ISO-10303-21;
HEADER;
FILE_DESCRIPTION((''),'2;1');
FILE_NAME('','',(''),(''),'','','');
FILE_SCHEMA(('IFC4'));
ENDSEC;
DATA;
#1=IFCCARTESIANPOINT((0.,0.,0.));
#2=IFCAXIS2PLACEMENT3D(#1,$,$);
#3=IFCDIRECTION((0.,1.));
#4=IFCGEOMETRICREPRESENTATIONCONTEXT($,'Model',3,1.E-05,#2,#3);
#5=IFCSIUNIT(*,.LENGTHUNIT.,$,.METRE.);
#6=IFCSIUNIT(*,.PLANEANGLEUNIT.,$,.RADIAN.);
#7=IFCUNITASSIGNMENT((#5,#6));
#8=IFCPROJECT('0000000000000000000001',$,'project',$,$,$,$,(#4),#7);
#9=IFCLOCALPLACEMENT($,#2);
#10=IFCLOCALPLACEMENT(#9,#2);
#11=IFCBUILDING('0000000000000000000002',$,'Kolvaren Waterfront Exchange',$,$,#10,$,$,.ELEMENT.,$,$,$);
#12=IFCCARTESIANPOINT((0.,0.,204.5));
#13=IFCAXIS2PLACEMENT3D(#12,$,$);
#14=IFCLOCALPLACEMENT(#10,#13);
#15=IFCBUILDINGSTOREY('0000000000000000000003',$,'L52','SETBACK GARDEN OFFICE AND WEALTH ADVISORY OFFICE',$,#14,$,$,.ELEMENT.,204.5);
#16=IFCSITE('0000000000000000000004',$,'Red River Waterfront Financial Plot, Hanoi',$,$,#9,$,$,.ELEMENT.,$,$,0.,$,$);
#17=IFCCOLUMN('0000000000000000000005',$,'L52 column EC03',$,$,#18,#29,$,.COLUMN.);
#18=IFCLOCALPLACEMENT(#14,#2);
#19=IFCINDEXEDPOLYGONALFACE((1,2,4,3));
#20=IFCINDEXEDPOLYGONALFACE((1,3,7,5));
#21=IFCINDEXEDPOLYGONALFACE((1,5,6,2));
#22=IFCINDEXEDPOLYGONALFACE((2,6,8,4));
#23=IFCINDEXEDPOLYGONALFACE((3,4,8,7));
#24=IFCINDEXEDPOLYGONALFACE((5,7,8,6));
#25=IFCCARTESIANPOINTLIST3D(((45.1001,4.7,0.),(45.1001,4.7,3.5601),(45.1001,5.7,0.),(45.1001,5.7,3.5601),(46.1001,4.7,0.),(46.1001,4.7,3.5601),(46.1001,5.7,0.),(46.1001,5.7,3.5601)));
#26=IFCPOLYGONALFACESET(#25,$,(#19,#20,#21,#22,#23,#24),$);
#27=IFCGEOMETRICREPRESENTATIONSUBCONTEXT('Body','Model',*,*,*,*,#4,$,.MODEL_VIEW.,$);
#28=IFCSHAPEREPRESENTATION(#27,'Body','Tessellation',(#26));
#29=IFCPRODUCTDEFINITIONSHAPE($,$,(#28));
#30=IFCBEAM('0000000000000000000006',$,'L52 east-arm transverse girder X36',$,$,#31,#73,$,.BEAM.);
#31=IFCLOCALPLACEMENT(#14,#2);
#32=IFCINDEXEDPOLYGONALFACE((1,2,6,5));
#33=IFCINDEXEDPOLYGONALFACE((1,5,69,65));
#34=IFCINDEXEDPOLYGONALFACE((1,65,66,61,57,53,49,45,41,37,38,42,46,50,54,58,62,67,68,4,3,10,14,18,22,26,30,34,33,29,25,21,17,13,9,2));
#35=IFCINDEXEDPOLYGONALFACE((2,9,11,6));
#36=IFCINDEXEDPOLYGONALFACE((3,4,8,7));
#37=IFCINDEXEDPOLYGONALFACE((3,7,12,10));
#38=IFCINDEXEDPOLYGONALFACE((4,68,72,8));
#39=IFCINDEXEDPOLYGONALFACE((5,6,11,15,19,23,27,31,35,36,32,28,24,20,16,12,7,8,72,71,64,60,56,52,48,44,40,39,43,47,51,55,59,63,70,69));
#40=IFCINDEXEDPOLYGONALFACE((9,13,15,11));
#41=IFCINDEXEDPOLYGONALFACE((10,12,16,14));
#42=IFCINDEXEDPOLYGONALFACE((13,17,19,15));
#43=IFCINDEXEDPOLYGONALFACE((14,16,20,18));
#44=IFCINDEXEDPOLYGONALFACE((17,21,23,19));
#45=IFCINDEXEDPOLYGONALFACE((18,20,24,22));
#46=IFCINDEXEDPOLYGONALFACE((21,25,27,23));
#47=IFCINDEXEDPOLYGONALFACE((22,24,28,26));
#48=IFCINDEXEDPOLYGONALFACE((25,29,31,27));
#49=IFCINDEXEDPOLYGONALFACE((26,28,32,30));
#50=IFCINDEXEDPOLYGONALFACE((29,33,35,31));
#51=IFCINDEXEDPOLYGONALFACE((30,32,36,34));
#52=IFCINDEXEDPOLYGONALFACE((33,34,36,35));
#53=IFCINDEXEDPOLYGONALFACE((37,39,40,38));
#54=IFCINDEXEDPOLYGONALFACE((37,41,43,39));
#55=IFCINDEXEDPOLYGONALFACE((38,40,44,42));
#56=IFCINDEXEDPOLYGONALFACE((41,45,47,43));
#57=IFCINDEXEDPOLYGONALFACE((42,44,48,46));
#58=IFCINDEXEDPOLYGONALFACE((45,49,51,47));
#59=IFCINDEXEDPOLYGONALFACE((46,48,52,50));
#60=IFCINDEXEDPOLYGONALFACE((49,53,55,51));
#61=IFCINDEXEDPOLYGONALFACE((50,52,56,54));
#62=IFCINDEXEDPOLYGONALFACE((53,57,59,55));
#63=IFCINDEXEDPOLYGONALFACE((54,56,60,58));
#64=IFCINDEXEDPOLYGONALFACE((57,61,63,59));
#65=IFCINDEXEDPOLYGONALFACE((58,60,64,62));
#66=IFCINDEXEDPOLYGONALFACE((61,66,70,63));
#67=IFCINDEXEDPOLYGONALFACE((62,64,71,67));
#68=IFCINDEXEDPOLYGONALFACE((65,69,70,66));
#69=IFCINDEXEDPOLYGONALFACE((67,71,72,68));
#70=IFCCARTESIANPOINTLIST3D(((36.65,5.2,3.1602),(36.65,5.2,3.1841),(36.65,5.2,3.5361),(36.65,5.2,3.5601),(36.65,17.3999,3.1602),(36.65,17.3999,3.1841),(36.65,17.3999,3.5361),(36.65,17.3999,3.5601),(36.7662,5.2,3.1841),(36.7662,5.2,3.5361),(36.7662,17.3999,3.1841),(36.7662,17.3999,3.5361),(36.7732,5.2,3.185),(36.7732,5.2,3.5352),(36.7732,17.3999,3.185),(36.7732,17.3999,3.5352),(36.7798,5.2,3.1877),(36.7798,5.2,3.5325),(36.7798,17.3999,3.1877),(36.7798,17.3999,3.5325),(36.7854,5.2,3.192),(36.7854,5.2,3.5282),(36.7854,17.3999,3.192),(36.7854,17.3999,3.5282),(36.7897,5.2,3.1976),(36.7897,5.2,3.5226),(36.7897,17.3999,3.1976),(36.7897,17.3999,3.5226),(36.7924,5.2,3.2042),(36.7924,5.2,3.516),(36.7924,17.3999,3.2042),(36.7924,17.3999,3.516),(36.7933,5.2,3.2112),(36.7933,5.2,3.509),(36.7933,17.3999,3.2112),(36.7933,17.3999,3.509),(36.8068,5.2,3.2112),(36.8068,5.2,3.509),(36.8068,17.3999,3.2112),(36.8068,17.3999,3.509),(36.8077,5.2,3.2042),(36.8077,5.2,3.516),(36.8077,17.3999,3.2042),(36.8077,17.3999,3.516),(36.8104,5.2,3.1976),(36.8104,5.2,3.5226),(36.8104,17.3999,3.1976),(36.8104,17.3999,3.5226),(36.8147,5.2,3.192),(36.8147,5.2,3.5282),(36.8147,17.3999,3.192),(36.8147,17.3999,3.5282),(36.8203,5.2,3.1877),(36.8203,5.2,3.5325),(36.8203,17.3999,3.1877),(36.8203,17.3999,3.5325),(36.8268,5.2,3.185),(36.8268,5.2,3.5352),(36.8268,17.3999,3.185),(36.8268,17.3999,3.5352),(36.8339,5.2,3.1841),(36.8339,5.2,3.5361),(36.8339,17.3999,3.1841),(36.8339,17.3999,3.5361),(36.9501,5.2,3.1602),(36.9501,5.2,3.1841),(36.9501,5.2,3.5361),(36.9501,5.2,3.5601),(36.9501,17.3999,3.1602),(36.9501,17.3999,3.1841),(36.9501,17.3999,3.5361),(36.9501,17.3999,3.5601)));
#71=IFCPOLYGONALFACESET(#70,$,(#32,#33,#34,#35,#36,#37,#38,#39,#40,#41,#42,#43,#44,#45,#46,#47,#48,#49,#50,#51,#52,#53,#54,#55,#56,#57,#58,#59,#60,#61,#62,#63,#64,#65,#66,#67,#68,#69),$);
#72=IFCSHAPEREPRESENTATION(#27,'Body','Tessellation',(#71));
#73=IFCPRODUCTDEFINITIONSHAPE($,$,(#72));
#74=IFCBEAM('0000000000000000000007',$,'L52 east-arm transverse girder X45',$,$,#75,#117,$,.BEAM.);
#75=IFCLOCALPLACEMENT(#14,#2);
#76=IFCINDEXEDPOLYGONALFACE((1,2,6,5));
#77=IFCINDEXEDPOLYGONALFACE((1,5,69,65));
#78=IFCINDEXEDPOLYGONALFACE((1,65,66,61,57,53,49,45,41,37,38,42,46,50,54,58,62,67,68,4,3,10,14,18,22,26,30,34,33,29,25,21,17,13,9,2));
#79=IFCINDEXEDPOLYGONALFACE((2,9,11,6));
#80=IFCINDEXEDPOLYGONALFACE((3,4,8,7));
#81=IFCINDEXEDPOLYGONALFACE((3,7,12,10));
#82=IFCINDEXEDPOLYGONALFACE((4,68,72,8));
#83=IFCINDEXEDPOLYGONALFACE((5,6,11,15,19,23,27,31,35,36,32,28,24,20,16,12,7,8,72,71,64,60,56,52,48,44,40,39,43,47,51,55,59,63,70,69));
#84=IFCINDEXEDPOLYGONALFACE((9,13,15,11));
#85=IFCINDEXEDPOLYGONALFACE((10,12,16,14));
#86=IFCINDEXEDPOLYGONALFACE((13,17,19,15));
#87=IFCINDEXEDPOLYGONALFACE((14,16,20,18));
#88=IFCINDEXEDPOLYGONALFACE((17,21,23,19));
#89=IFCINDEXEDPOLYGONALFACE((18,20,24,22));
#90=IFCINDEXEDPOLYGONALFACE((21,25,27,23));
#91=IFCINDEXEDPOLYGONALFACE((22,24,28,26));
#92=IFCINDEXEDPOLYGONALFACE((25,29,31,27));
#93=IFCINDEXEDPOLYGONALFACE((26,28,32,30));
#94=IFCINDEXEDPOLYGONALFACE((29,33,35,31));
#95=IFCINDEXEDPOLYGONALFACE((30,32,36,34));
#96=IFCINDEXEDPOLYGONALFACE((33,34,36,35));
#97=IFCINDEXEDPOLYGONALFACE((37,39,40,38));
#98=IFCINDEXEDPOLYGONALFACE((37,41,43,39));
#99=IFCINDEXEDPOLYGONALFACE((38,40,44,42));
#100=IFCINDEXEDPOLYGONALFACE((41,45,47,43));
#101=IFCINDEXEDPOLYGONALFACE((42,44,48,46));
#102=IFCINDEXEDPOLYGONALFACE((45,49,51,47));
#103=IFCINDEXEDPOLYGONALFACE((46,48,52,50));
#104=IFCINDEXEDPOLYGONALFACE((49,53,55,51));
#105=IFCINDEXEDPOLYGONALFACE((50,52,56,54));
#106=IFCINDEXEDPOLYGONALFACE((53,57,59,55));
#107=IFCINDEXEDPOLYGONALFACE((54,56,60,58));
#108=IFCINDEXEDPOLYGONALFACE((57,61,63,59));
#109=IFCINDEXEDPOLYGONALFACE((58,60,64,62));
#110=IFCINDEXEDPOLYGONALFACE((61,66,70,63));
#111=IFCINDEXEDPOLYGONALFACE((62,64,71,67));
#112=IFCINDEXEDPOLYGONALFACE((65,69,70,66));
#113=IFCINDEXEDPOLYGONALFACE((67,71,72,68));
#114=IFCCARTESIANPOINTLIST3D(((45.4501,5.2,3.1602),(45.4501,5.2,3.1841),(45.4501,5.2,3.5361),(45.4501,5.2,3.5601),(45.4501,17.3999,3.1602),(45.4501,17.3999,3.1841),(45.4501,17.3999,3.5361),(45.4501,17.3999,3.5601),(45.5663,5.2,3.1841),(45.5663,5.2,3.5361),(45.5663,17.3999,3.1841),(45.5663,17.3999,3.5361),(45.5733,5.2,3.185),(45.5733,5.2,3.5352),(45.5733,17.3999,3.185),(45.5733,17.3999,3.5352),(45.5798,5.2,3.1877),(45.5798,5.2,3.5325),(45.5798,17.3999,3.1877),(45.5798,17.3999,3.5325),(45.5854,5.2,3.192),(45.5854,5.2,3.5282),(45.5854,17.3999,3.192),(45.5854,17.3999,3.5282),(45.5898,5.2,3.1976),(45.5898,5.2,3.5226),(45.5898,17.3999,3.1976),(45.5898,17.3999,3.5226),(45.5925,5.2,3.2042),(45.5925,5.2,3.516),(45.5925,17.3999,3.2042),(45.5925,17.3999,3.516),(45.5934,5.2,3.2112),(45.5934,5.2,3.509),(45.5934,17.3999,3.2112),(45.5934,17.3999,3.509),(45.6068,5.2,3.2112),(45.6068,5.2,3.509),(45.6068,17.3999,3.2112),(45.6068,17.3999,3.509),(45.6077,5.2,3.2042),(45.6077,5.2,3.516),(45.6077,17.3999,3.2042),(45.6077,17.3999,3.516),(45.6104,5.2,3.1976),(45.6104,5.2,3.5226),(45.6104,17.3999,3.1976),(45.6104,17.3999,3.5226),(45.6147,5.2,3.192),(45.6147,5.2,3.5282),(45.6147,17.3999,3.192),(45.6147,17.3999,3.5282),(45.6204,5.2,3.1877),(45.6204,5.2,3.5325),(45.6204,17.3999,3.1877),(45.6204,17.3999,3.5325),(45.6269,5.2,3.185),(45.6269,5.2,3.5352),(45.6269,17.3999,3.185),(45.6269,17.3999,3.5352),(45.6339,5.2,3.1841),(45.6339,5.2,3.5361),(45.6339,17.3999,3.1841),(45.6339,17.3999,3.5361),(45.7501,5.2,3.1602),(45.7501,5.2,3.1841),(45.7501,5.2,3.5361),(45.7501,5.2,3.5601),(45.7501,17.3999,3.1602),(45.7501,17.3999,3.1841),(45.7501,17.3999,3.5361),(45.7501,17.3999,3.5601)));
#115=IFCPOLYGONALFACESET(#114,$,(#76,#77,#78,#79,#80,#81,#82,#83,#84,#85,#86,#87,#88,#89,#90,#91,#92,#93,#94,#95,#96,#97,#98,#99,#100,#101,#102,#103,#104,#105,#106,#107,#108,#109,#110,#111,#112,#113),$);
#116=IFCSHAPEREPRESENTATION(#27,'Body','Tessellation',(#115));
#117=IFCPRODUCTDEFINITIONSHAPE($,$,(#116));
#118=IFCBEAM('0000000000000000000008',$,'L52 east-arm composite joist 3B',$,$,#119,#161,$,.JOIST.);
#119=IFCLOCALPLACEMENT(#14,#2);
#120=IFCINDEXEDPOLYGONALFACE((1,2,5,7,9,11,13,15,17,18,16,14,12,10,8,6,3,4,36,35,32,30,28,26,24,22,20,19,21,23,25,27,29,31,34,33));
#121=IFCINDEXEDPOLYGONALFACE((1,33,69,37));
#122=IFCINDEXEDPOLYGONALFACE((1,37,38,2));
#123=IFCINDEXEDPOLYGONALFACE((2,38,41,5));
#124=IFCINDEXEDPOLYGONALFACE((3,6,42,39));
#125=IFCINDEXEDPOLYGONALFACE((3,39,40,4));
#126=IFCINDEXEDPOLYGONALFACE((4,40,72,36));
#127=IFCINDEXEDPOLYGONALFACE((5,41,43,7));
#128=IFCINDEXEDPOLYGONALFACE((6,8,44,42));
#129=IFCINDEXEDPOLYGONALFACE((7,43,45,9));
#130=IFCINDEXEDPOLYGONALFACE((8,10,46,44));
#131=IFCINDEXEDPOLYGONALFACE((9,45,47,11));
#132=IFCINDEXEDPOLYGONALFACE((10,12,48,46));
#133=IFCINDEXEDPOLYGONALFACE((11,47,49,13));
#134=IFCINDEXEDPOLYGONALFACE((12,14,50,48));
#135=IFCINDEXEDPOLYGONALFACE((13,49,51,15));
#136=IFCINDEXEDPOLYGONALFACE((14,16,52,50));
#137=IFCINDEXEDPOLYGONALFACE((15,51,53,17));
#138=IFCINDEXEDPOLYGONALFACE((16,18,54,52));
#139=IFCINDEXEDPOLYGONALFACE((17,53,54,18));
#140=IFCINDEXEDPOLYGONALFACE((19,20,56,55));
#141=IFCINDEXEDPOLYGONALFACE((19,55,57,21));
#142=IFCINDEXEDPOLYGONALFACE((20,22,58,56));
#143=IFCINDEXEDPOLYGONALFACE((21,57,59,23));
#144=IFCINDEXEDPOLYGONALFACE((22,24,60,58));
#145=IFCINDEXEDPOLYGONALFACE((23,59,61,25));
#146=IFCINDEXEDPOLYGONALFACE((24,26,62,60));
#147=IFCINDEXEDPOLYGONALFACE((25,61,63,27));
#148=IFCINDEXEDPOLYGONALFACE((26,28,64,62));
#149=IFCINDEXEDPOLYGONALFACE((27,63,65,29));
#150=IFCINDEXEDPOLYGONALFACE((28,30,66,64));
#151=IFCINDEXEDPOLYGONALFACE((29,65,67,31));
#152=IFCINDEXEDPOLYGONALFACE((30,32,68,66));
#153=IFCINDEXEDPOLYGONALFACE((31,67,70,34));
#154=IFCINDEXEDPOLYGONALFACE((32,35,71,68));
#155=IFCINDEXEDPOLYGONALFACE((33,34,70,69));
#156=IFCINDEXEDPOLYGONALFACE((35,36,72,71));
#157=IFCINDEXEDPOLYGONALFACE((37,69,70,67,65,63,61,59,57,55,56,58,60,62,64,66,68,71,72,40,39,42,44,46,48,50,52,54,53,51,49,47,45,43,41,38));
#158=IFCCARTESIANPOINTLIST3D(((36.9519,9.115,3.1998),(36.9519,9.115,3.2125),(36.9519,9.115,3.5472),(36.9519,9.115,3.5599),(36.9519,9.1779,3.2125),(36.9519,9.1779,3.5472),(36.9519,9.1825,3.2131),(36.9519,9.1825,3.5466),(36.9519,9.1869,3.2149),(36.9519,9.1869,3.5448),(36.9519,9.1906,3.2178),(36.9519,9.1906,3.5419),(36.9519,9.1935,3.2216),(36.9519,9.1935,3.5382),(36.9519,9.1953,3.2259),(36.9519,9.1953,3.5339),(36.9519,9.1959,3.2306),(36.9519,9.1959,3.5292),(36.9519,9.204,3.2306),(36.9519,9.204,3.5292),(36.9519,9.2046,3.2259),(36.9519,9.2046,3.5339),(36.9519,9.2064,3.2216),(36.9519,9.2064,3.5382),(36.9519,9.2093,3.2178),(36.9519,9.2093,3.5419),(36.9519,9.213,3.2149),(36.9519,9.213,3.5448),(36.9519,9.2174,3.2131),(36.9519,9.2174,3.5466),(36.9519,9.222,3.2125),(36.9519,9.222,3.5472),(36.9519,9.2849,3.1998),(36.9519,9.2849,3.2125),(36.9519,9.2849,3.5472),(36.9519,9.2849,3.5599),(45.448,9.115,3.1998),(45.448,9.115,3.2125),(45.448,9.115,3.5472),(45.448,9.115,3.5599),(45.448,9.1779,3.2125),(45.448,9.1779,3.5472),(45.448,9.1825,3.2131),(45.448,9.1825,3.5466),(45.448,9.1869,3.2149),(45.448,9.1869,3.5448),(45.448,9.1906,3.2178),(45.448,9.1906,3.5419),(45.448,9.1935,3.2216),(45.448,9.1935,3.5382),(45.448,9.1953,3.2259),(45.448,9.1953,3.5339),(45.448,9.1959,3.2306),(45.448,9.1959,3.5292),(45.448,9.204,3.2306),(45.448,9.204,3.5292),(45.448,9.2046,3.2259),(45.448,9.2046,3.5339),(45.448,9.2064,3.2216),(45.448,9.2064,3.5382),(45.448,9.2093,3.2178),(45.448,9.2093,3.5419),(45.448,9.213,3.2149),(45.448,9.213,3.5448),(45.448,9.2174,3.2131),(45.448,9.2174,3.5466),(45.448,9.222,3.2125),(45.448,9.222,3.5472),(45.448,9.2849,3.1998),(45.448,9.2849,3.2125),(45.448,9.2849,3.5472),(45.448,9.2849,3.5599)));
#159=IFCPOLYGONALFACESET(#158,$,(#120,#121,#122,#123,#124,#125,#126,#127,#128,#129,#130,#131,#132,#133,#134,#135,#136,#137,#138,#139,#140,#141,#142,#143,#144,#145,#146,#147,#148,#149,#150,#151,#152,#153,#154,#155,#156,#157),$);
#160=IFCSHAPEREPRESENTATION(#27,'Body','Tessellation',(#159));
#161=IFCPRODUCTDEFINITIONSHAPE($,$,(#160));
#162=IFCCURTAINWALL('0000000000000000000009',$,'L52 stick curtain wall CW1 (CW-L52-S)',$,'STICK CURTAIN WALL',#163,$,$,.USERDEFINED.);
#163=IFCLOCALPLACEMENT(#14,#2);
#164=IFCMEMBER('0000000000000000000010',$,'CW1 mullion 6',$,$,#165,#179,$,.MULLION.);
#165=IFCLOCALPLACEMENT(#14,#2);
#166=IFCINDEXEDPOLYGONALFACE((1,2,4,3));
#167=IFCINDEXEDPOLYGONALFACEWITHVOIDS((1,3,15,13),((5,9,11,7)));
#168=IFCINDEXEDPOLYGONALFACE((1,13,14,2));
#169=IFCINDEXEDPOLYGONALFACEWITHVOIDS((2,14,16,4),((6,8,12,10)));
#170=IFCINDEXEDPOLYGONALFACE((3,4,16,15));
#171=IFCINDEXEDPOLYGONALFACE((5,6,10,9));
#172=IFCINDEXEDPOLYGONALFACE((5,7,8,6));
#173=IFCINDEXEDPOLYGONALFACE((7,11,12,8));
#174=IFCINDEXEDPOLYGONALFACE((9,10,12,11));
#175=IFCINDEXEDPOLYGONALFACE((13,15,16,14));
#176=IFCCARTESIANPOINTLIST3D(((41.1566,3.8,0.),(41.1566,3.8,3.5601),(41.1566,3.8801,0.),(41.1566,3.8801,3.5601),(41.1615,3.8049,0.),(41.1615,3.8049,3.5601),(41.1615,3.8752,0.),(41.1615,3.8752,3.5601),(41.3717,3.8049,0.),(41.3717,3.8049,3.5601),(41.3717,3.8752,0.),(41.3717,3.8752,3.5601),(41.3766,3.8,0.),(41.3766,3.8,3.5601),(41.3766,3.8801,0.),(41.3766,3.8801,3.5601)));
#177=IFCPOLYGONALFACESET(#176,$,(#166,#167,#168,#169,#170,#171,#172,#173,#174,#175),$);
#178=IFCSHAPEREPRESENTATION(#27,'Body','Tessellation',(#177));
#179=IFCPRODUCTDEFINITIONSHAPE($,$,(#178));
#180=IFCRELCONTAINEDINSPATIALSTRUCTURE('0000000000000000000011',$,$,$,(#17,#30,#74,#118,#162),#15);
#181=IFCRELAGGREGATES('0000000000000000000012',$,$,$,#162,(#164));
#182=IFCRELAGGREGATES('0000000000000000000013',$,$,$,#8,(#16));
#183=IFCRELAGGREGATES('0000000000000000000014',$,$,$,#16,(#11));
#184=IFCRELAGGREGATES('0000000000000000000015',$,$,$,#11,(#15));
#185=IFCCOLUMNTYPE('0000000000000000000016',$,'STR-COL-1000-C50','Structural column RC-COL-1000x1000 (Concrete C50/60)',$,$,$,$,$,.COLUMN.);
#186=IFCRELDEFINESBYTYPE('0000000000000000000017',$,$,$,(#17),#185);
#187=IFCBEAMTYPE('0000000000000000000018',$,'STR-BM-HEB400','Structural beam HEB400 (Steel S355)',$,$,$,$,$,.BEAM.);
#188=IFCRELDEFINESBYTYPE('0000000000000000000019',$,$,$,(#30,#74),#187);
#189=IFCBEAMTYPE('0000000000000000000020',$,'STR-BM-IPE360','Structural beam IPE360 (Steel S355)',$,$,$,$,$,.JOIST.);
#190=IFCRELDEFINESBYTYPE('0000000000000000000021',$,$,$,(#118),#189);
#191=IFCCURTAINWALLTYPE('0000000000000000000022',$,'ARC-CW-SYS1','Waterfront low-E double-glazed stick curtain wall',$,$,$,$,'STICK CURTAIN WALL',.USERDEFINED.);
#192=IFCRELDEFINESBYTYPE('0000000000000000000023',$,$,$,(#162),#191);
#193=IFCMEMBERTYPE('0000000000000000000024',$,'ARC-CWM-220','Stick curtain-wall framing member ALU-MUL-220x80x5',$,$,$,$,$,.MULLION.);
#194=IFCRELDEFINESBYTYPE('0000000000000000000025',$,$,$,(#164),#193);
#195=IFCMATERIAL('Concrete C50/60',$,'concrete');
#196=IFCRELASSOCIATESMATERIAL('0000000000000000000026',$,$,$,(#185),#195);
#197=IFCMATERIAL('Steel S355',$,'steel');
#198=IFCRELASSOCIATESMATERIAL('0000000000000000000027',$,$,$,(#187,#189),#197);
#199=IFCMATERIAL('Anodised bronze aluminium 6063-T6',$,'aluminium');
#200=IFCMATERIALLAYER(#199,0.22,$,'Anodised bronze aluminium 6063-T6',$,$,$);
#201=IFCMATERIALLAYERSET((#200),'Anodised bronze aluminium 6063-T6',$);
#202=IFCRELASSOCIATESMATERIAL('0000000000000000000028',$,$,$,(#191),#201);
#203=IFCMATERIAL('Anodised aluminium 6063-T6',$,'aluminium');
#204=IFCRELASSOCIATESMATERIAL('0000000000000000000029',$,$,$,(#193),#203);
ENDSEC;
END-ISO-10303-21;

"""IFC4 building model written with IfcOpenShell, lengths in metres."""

from ifc_helpers import new_model, si_unit, direction, frame, origin, origin_with_axes, origin_2d, place, context, subcontext, project, spatial, rectangle, hollow_rectangle, i_section, extrude, source, transform, mapped, material, layer, layer_set, material_profile, profile_set, type_object, element, aggregate, save


model = new_model("IFC4")

# Units and contexts
model_context = context("Model", 3, precision=1e-05, world=origin(), true_north=direction((0.0, 1.0)))
body_context = subcontext(model_context, "Body", "Model", "MODEL_VIEW")
ifc_project = project(units=[si_unit("LENGTHUNIT", "METRE"), si_unit("PLANEANGLEUNIT", "RADIAN")], contexts=[model_context])

# Site, building, storey
site_placement = place(None, origin())
site = spatial("IfcSite", under=ifc_project, at=site_placement, Name="Red River Waterfront Financial Plot, Hanoi", CompositionType="ELEMENT", RefElevation=0.0)
building_placement = place(site_placement, origin())
building = spatial("IfcBuilding", under=site, at=building_placement, Name="Kolvaren Waterfront Exchange", CompositionType="ELEMENT")
storey_placement = place(building_placement, frame((0.0, 0.0, 204.5)))
storey = spatial("IfcBuildingStorey", under=building, at=storey_placement, Name="L52", Description="SETBACK GARDEN OFFICE AND WEALTH ADVISORY OFFICE", CompositionType="ELEMENT", Elevation=204.5)

# Column
ifc_material_1 = material(Name="Concrete C50/60", Category="concrete")
ifc_material_profile_1 = material_profile(ifc_material_1, rectangle(XDim=1.0, YDim=1.0, at=origin_2d()), Name="RC-COL-1000x1000")
ifc_profile_set_1 = profile_set([ifc_material_profile_1], Name="Concrete C50/60")
column_type = type_object("IfcColumnType", Name="STR-COL-1000-C50", Description="Structural column RC-COL-1000x1000 (Concrete C50/60)", PredefinedType="COLUMN", material=ifc_profile_set_1)
column_placement = place(storey_placement, frame((45.6001, 5.2, 0.0), z_axis=(0.0, 0.0, 1.0), x_axis=(1.0, 0.0, 0.0)))
element("IfcColumn", 1, at=column_placement, inside=storey, type_object=column_type, Name="L52 column EC03", PredefinedType="COLUMN", context=body_context, shape_type="SweptSolid", body=[
    extrude(rectangle(XDim=1.0, YDim=1.0, at=origin_2d()), origin(), (0.0, 0.0, 1.0), 3.5601),
])

# Beams
ifc_material_2 = material(Name="Steel S355", Category="steel")
ifc_material_profile_2 = material_profile(ifc_material_2, i_section(OverallWidth=0.3, OverallDepth=0.3999, WebThickness=0.0134, FlangeThickness=0.0239, FilletRadius=0.0271, at=origin_2d()), Name="HEB400")
ifc_profile_set_2 = profile_set([ifc_material_profile_2], Name="Steel S355")
beam_type_1 = type_object("IfcBeamType", Name="STR-BM-HEB400", Description="Structural beam HEB400 (Steel S355)", PredefinedType="BEAM", material=ifc_profile_set_2)
for number, where, z_axis, x_axis, name in (
    (2, (36.8, 5.2, 3.3601), (0.0, 1.0, 0.0), (-1.0, 0.0, 0.0), "L52 east-arm transverse girder X36"),
    (3, (45.6001, 5.2, 3.3601), (0.0, 1.0, 0.0), (-1.0, 0.0, 0.0), "L52 east-arm transverse girder X45"),
):
    element("IfcBeam", number, at=place(storey_placement, frame(where, z_axis=z_axis, x_axis=x_axis)), inside=storey, type_object=beam_type_1, Name=name, PredefinedType="BEAM", context=body_context, shape_type="SweptSolid", body=[
        extrude(i_section(OverallWidth=0.3, OverallDepth=0.3999, WebThickness=0.0134, FlangeThickness=0.0239, FilletRadius=0.0271, at=origin_2d()), origin(), (0.0, 0.0, 1.0), 12.2),
    ])
ifc_material_profile_3 = material_profile(ifc_material_2, i_section(OverallWidth=0.1699, OverallDepth=0.3601, WebThickness=0.0081, FlangeThickness=0.0127, FilletRadius=0.0181, at=origin_2d()), Name="IPE360")
ifc_profile_set_3 = profile_set([ifc_material_profile_3], Name="Steel S355")
beam_type_2 = type_object("IfcBeamType", Name="STR-BM-IPE360", Description="Structural beam IPE360 (Steel S355)", PredefinedType="JOIST", material=ifc_profile_set_3)
beam_placement = place(storey_placement, frame((36.9519, 9.2, 3.3799), z_axis=(1.0, 0.0, 0.0), x_axis=(0.0, 1.0, 0.0)))
element("IfcBeam", 4, at=beam_placement, inside=storey, type_object=beam_type_2, Name="L52 east-arm composite joist 3B", PredefinedType="JOIST", context=body_context, shape_type="SweptSolid", body=[
    extrude(i_section(OverallWidth=0.1699, OverallDepth=0.3601, WebThickness=0.0081, FlangeThickness=0.0127, FilletRadius=0.0181, at=origin_2d()), origin(), (0.0, 0.0, 1.0), 8.4961),
])

# Curtain wall, member
ifc_material_3 = material(Name="Anodised bronze aluminium 6063-T6", Category="aluminium")
ifc_layer_1 = layer(ifc_material_3, 0.22, Name="Anodised bronze aluminium 6063-T6")
ifc_layer_set_1 = layer_set([ifc_layer_1], Name="Anodised bronze aluminium 6063-T6")
curtain_wall_type = type_object("IfcCurtainWallType", Name="ARC-CW-SYS1", Description="Waterfront low-E double-glazed stick curtain wall", ElementType="STICK CURTAIN WALL", PredefinedType="USERDEFINED", material=ifc_layer_set_1)
curtain_wall_placement = place(storey_placement, origin())
curtain_wall = element("IfcCurtainWall", 5, at=curtain_wall_placement, inside=storey, type_object=curtain_wall_type, Name="L52 stick curtain wall CW1 (CW-L52-S)", ObjectType="STICK CURTAIN WALL", PredefinedType="USERDEFINED")
ifc_material_4 = material(Name="Anodised aluminium 6063-T6", Category="aluminium")
ifc_material_profile_4 = material_profile(ifc_material_4, hollow_rectangle(XDim=0.0801, YDim=0.22, WallThickness=0.0049, at=origin_2d()), Name="ALU-MUL-220x80x5")
ifc_profile_set_4 = profile_set([ifc_material_profile_4], Name="Anodised aluminium 6063-T6")
member_type_1 = type_object("IfcMemberType", Name="ARC-CWM-220", Description="Stick curtain-wall framing member ALU-MUL-220x80x5", PredefinedType="MULLION", material=ifc_profile_set_4)
shared_shape_1 = source(origin_with_axes(), body_context, "Body", "SweptSolid", [
    extrude(hollow_rectangle(XDim=0.0801, YDim=0.22, WallThickness=0.0049, at=origin_2d()), origin(), (0.0, 0.0, 1.0), 3.5601),
])
member_1_placement = place(storey_placement, frame((41.2666, 3.8401, 0.0), z_axis=(0.0, 0.0, 1.0), x_axis=(0.0, 1.0, 0.0)))
member_1 = element("IfcMember", 6, at=member_1_placement, type_object=member_type_1, Name="CW1 mullion 6", PredefinedType="MULLION", context=body_context, shape_type="MappedRepresentation", body=[
    mapped(shared_shape_1, transform((0.0, 0.0, 0.0), x_axis=(1.0, 0.0, 0.0), y_axis=(0.0, 1.0, 0.0), z_axis=(0.0, 0.0, 1.0), scale=1.0)),
])
aggregate(curtain_wall, [member_1])

save(model, "model.ifc")
